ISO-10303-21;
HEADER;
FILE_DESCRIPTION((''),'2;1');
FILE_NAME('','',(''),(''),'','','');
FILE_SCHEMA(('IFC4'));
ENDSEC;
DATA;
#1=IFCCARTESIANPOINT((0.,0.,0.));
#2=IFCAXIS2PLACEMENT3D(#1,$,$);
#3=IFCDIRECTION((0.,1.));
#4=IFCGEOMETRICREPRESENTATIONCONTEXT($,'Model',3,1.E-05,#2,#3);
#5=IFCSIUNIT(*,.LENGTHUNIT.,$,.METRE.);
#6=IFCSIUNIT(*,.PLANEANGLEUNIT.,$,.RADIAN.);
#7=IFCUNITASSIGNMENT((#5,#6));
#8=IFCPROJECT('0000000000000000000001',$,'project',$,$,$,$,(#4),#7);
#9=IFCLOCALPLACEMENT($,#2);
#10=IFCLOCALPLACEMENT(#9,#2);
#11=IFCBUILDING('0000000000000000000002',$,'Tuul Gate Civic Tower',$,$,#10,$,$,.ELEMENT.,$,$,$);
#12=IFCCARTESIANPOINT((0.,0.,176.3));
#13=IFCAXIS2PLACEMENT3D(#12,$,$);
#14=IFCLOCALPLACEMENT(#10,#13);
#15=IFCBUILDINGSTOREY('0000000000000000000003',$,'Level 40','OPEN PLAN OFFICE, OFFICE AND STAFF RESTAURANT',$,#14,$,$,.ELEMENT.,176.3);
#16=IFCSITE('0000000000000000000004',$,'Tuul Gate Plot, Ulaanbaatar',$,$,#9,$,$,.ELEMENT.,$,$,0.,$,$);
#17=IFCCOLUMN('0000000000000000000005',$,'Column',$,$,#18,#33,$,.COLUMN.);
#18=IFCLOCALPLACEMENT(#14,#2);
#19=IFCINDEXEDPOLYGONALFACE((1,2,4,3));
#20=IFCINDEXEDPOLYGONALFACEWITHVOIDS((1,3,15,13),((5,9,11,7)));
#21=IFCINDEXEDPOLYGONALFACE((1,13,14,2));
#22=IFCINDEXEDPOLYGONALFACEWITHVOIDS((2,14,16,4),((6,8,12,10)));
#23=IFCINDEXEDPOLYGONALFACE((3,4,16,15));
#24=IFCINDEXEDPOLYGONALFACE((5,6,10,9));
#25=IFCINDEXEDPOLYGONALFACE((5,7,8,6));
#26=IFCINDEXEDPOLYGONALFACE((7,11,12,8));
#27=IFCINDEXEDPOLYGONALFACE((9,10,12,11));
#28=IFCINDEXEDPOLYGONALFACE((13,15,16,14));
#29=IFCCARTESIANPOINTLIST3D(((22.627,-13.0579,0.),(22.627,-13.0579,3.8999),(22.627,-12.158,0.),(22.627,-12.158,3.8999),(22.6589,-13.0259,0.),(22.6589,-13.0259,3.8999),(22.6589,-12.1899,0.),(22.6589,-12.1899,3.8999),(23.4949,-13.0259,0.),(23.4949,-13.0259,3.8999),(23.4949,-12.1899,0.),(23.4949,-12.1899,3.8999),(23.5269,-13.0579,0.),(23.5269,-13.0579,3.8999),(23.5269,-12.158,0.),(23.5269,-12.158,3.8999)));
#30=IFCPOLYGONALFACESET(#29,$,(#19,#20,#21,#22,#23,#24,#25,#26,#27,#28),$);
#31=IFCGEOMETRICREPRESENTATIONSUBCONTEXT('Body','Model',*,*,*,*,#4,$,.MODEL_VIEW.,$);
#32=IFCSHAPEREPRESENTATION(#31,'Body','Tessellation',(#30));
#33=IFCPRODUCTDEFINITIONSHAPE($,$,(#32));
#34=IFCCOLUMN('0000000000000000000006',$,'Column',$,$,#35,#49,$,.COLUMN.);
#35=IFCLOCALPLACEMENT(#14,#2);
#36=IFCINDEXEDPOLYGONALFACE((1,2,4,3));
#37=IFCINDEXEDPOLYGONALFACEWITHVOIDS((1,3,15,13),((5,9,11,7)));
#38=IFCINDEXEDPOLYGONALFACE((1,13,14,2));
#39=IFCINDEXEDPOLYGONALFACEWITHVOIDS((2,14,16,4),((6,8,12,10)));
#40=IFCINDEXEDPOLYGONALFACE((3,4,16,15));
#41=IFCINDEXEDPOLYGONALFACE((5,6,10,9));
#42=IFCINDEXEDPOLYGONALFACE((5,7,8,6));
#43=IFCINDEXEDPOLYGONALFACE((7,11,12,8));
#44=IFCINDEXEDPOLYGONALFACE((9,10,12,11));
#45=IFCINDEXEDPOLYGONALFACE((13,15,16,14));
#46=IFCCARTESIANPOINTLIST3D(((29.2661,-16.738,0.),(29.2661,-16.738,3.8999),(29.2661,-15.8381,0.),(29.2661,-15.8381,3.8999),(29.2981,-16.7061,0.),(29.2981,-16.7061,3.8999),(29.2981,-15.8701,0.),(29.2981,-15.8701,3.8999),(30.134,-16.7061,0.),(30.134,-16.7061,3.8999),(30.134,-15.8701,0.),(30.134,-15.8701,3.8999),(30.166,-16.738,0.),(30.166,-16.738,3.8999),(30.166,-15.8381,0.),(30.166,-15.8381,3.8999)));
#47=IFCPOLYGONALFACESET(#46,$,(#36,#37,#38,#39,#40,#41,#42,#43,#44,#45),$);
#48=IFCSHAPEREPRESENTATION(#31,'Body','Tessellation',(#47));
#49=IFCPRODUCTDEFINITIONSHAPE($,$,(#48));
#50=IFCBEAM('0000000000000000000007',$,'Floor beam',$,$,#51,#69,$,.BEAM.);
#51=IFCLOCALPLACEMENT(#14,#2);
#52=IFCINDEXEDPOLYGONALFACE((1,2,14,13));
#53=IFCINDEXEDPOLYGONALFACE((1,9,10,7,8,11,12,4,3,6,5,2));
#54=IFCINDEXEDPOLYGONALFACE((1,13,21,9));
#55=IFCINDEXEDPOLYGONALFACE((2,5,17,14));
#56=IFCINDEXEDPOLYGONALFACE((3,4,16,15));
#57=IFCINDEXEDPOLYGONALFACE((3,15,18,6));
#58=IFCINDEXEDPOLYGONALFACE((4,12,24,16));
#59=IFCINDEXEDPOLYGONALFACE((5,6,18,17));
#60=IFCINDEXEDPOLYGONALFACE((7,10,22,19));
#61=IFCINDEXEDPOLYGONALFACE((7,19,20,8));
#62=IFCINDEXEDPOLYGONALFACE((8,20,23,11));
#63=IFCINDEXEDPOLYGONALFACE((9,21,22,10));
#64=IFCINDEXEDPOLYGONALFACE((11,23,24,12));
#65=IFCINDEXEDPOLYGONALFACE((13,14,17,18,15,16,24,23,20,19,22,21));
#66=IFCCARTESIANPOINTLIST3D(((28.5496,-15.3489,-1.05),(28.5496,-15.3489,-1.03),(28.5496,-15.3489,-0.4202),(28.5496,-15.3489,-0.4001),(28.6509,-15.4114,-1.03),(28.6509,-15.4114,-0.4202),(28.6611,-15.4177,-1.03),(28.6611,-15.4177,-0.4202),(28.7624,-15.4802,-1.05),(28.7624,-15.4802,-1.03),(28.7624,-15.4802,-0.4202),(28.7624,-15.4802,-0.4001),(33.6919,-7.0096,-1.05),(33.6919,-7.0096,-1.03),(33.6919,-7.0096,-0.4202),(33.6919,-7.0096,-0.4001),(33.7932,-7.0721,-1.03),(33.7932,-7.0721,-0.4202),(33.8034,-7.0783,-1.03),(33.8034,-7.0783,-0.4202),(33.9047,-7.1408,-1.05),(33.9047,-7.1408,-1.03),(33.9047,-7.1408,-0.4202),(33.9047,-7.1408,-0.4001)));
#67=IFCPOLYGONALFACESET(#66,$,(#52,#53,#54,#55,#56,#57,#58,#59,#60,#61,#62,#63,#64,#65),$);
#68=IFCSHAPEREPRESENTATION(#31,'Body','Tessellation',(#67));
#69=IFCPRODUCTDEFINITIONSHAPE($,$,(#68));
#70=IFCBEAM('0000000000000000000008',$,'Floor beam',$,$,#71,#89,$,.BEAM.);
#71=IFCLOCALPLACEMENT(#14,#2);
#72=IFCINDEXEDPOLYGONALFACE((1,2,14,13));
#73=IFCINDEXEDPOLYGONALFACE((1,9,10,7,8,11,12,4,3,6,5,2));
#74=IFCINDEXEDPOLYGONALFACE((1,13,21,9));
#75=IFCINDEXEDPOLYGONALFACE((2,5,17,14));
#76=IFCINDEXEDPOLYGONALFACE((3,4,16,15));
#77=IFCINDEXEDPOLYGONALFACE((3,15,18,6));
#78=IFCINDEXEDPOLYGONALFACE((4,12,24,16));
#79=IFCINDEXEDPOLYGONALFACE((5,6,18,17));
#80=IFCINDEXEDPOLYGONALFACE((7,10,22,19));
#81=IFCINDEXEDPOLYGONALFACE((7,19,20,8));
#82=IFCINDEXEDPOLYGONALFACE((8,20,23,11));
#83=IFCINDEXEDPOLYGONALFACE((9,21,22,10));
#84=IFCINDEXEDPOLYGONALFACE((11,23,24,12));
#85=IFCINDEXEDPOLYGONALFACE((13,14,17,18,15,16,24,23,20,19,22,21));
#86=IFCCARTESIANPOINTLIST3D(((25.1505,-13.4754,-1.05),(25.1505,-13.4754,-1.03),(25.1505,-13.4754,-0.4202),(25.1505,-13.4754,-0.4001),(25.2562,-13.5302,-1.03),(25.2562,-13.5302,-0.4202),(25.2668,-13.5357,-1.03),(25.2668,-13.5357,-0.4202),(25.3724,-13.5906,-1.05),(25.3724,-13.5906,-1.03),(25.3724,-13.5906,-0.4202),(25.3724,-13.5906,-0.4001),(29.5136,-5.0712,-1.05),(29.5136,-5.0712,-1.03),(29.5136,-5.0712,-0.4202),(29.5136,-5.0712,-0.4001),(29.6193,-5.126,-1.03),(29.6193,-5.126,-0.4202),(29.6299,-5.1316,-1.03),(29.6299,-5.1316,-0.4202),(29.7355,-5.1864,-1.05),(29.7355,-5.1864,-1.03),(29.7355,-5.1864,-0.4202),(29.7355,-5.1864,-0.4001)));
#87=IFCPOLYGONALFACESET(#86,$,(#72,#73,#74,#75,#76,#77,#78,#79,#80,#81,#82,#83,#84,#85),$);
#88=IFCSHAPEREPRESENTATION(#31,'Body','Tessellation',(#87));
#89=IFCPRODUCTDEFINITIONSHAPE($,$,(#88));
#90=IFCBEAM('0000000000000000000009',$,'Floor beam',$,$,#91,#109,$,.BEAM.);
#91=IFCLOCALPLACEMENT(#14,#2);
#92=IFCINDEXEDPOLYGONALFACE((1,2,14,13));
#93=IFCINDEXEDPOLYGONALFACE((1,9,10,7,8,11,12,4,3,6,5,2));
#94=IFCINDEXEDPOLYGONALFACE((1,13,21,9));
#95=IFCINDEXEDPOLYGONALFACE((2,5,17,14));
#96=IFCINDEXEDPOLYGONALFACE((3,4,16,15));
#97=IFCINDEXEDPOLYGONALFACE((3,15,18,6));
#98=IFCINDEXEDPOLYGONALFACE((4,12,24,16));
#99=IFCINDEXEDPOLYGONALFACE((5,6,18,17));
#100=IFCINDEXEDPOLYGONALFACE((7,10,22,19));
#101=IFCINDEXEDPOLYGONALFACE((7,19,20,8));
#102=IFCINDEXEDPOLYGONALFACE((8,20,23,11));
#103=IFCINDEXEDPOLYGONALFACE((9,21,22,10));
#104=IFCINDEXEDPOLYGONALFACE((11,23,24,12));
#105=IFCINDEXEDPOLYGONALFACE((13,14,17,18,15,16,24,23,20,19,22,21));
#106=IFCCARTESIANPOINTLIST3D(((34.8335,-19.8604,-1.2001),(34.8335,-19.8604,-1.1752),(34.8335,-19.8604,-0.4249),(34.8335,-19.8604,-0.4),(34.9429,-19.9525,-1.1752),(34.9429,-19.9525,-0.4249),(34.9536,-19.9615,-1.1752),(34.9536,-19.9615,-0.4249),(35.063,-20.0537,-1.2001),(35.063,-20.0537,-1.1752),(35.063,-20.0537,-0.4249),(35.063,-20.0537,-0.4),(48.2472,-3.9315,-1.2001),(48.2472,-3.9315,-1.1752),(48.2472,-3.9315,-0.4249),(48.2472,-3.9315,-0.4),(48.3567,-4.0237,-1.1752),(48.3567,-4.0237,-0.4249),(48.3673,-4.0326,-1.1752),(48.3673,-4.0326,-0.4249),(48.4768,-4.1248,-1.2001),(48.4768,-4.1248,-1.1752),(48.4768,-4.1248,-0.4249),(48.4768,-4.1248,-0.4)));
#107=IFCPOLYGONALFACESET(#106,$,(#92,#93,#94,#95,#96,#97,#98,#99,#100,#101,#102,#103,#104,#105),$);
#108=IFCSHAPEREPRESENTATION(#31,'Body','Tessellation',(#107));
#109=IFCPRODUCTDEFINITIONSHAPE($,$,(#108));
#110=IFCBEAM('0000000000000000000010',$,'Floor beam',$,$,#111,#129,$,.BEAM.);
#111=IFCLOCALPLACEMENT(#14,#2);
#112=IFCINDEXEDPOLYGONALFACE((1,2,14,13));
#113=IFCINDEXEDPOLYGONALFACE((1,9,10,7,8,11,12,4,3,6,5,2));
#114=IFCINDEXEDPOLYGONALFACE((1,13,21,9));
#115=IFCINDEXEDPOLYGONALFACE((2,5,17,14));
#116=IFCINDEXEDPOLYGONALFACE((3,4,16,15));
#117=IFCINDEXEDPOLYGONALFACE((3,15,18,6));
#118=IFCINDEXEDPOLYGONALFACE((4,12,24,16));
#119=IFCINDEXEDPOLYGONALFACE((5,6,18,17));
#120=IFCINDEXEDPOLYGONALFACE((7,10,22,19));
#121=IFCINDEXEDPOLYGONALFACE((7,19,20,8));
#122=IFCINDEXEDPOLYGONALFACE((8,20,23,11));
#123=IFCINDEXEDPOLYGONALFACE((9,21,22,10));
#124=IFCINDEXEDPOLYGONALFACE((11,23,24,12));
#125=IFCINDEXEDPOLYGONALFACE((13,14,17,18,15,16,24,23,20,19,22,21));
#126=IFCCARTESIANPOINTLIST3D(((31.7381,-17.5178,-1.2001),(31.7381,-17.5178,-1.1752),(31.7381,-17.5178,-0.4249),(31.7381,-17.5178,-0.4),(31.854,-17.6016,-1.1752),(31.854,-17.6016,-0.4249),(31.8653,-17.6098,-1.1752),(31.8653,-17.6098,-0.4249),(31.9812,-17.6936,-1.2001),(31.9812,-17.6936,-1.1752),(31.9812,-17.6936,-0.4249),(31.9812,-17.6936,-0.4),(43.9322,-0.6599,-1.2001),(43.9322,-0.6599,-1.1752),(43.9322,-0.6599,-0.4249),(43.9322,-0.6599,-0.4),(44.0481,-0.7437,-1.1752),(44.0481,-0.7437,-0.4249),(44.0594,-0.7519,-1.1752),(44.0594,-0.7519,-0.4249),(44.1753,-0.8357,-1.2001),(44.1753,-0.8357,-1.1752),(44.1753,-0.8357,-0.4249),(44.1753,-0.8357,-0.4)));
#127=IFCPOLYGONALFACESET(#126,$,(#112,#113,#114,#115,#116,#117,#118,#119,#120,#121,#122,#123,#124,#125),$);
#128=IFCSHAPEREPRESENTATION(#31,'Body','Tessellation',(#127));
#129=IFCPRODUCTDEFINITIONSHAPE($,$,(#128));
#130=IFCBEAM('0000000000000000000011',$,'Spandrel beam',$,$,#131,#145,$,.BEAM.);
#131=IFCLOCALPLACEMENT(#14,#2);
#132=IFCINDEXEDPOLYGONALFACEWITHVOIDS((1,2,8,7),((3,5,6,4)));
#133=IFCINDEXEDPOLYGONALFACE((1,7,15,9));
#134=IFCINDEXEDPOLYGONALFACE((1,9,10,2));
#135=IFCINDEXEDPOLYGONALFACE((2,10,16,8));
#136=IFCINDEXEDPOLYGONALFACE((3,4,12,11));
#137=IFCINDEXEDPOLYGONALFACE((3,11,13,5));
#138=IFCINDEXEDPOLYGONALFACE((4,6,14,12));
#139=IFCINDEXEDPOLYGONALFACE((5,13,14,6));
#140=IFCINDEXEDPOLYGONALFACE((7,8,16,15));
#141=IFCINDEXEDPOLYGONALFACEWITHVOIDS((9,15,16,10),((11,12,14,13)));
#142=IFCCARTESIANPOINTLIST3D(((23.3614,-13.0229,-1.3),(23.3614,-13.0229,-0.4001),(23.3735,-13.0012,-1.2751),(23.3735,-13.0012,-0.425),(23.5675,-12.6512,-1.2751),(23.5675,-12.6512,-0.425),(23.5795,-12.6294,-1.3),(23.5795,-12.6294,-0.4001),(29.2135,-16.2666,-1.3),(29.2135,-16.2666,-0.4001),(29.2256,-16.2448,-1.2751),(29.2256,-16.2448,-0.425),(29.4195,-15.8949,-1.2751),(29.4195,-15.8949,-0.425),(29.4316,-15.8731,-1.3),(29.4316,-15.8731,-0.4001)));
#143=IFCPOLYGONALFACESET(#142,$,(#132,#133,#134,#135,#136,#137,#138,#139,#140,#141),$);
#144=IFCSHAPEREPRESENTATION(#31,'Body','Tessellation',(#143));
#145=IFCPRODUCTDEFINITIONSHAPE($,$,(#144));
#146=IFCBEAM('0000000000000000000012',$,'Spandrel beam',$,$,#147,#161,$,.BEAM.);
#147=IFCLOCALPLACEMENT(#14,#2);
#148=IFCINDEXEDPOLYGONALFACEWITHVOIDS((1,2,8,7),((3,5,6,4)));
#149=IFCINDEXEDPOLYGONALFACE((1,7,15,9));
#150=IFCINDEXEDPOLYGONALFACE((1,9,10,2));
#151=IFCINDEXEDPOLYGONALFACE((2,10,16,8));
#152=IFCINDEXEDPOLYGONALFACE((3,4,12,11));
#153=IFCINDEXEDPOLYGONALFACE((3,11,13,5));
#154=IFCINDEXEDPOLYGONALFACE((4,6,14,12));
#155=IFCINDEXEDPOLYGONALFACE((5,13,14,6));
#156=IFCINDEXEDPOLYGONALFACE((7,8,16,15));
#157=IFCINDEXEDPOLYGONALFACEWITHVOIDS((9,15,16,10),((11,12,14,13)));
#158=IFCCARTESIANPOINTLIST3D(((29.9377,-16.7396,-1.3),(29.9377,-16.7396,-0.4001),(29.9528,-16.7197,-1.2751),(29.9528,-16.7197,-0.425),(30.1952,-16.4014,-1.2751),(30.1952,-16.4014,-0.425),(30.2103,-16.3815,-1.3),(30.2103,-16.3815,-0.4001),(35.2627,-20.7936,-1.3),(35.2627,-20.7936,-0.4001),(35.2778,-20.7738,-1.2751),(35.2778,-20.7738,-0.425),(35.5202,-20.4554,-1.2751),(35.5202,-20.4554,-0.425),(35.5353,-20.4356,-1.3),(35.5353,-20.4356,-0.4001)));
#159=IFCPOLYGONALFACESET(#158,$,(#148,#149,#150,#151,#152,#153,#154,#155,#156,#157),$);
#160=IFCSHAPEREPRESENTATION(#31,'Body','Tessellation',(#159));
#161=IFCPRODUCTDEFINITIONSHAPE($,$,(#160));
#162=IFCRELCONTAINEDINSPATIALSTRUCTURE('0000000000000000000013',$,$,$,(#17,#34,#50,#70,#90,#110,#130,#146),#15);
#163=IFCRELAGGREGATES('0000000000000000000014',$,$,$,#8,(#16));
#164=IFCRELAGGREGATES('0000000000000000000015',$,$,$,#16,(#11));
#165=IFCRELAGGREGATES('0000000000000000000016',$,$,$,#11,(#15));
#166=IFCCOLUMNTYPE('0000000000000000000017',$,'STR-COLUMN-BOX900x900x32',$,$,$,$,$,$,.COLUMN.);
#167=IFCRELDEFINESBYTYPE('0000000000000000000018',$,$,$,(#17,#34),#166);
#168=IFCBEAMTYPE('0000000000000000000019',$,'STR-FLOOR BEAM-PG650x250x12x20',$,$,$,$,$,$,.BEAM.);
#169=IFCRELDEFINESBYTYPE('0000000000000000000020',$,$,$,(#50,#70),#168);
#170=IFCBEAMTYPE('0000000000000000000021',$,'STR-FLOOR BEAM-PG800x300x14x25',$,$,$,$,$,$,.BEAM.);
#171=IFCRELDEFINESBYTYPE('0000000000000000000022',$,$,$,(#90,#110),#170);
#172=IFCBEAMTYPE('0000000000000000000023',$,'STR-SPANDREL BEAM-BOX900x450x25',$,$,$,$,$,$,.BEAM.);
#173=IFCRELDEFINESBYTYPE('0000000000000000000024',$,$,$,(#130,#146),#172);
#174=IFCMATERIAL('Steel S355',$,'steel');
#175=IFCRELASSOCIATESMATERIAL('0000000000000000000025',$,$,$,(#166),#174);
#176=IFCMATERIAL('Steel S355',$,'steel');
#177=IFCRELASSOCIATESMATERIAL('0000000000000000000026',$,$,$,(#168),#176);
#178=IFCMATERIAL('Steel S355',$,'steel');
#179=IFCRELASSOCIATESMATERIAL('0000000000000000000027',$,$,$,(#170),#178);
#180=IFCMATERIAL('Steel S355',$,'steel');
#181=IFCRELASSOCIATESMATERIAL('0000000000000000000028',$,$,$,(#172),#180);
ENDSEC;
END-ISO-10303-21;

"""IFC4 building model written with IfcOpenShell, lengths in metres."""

from ifc_helpers import new_model, si_unit, direction, frame, origin, origin_2d, place, context, subcontext, project, spatial, hollow_rectangle, i_section, extrude, material, material_profile, profile_set, type_object, element, save


model = new_model("IFC4")

# Units and contexts
model_context = context("Model", 3, precision=1e-05, world=origin(), true_north=direction((0.0, 1.0)))
body_context = subcontext(model_context, "Body", "Model", "MODEL_VIEW")
ifc_project = project(units=[si_unit("LENGTHUNIT", "METRE"), si_unit("PLANEANGLEUNIT", "RADIAN")], contexts=[model_context])

# Site, building, storey
site_placement = place(None, origin())
site = spatial("IfcSite", under=ifc_project, at=site_placement, Name="Tuul Gate Plot, Ulaanbaatar", CompositionType="ELEMENT", RefElevation=0.0)
building_placement = place(site_placement, origin())
building = spatial("IfcBuilding", under=site, at=building_placement, Name="Tuul Gate Civic Tower", CompositionType="ELEMENT")
storey_placement = place(building_placement, frame((0.0, 0.0, 176.3)))
storey = spatial("IfcBuildingStorey", under=building, at=storey_placement, Name="Level 40", Description="OPEN PLAN OFFICE, OFFICE AND STAFF RESTAURANT", CompositionType="ELEMENT", Elevation=176.3)

# Columns
ifc_material_1 = material(Name="Steel S355", Category="steel")
ifc_material_profile_1 = material_profile(ifc_material_1, hollow_rectangle(XDim=0.8999, YDim=0.8999, WallThickness=0.032, at=origin_2d()), Name="BOX900x900x32")
ifc_profile_set_1 = profile_set([ifc_material_profile_1], Name="Steel S355")
column_type = type_object("IfcColumnType", Name="STR-COLUMN-BOX900x900x32", PredefinedType="COLUMN", material=ifc_profile_set_1)
for number, where, z_axis, x_axis, name in (
    (1, (23.0769, -12.6079, 0.0), (0.0, 0.0, 1.0), (1.0, 0.0, 0.0), "Column"),
    (2, (29.7161, -16.2881, 0.0), (0.0, 0.0, 1.0), (1.0, 0.0, 0.0), "Column"),
):
    element("IfcColumn", number, at=place(storey_placement, frame(where, z_axis=z_axis, x_axis=x_axis)), inside=storey, type_object=column_type, Name=name, PredefinedType="COLUMN", context=body_context, shape_type="SweptSolid", body=[
        extrude(hollow_rectangle(XDim=0.8999, YDim=0.8999, WallThickness=0.032, at=origin_2d()), origin(), (0.0, 0.0, 1.0), 3.8999),
    ])

# Beams
ifc_material_2 = material(Name="Steel S355", Category="steel")
ifc_material_profile_2 = material_profile(ifc_material_2, i_section(OverallWidth=0.25, OverallDepth=0.6499, WebThickness=0.012, FlangeThickness=0.02, at=origin_2d()), Name="PG650x250x12x20")
ifc_profile_set_2 = profile_set([ifc_material_profile_2], Name="Steel S355")
beam_type_1 = type_object("IfcBeamType", Name="STR-FLOOR BEAM-PG650x250x12x20", PredefinedType="BEAM", material=ifc_profile_set_2)
beam_1_placement = place(storey_placement, frame((28.656, -15.4146, -0.7251), z_axis=(0.524869, 0.851183, 0.0), x_axis=(-0.851183, 0.524869, 0.0)))
element("IfcBeam", 3, at=beam_1_placement, inside=storey, type_object=beam_type_1, Name="Floor beam", PredefinedType="BEAM", context=body_context, shape_type="SweptSolid", body=[
    extrude(i_section(OverallWidth=0.25, OverallDepth=0.6499, WebThickness=0.012, FlangeThickness=0.02, at=origin_2d()), origin(), (0.0, 0.0, 1.0), 9.7974),
])
beam_2_placement = place(storey_placement, frame((25.2615, -13.533, -0.7251), z_axis=(0.460765, 0.887522, 0.0), x_axis=(-0.887522, 0.460765, 0.0)))
element("IfcBeam", 4, at=beam_2_placement, inside=storey, type_object=beam_type_1, Name="Floor beam", PredefinedType="BEAM", context=body_context, shape_type="SweptSolid", body=[
    extrude(i_section(OverallWidth=0.25, OverallDepth=0.6499, WebThickness=0.012, FlangeThickness=0.02, at=origin_2d()), origin(), (0.0, 0.0, 1.0), 9.4692),
])
ifc_material_3 = material(Name="Steel S355", Category="steel")
ifc_material_profile_3 = material_profile(ifc_material_3, i_section(OverallWidth=0.3, OverallDepth=0.8, WebThickness=0.0139, FlangeThickness=0.0249, at=origin_2d()), Name="PG800x300x14x25")
ifc_profile_set_3 = profile_set([ifc_material_profile_3], Name="Steel S355")
beam_type_2 = type_object("IfcBeamType", Name="STR-FLOOR BEAM-PG800x300x14x25", PredefinedType="BEAM", material=ifc_profile_set_3)
beam_3_placement = place(storey_placement, frame((34.9482, -19.957, -0.8), z_axis=(0.644135, 0.764912, 0.0), x_axis=(-0.764912, 0.644135, 0.0)))
element("IfcBeam", 5, at=beam_3_placement, inside=storey, type_object=beam_type_2, Name="Floor beam", PredefinedType="BEAM", context=body_context, shape_type="SweptSolid", body=[
    extrude(i_section(OverallWidth=0.3, OverallDepth=0.8, WebThickness=0.0139, FlangeThickness=0.0249, at=origin_2d()), origin(), (0.0, 0.0, 1.0), 20.8245),
])
beam_4_placement = place(storey_placement, frame((31.8596, -17.6057, -0.8), z_axis=(0.586088, 0.810247, 0.0), x_axis=(-0.810247, 0.586088, 0.0)))
element("IfcBeam", 6, at=beam_4_placement, inside=storey, type_object=beam_type_2, Name="Floor beam", PredefinedType="BEAM", context=body_context, shape_type="SweptSolid", body=[
    extrude(i_section(OverallWidth=0.3, OverallDepth=0.8, WebThickness=0.0139, FlangeThickness=0.0249, at=origin_2d()), origin(), (0.0, 0.0, 1.0), 20.8059),
])
ifc_material_4 = material(Name="Steel S355", Category="steel")
ifc_material_profile_4 = material_profile(ifc_material_4, hollow_rectangle(XDim=0.45, YDim=0.8999, WallThickness=0.0249, at=origin_2d()), Name="BOX900x450x25")
ifc_profile_set_4 = profile_set([ifc_material_profile_4], Name="Steel S355")
beam_type_3 = type_object("IfcBeamType", Name="STR-SPANDREL BEAM-BOX900x450x25", PredefinedType="BEAM", material=ifc_profile_set_4)
beam_5_placement = place(storey_placement, frame((23.4705, -12.8262, -0.8501), z_axis=(0.874632, -0.484788, 0.0), x_axis=(0.484788, 0.874632, 0.0)))
element("IfcBeam", 7, at=beam_5_placement, inside=storey, type_object=beam_type_3, Name="Spandrel beam", PredefinedType="BEAM", context=body_context, shape_type="SweptSolid", body=[
    extrude(hollow_rectangle(XDim=0.45, YDim=0.8999, WallThickness=0.0249, at=origin_2d()), origin(), (0.0, 0.0, 1.0), 6.6909),
])
beam_6_placement = place(storey_placement, frame((30.074, -16.5605, -0.8501), z_axis=(0.795659, -0.605745, 0.0), x_axis=(0.605745, 0.795659, 0.0)))
element("IfcBeam", 8, at=beam_6_placement, inside=storey, type_object=beam_type_3, Name="Spandrel beam", PredefinedType="BEAM", context=body_context, shape_type="SweptSolid", body=[
    extrude(hollow_rectangle(XDim=0.45, YDim=0.8999, WallThickness=0.0249, at=origin_2d()), origin(), (0.0, 0.0, 1.0), 6.6926),
])

save(model, "model.ifc")
